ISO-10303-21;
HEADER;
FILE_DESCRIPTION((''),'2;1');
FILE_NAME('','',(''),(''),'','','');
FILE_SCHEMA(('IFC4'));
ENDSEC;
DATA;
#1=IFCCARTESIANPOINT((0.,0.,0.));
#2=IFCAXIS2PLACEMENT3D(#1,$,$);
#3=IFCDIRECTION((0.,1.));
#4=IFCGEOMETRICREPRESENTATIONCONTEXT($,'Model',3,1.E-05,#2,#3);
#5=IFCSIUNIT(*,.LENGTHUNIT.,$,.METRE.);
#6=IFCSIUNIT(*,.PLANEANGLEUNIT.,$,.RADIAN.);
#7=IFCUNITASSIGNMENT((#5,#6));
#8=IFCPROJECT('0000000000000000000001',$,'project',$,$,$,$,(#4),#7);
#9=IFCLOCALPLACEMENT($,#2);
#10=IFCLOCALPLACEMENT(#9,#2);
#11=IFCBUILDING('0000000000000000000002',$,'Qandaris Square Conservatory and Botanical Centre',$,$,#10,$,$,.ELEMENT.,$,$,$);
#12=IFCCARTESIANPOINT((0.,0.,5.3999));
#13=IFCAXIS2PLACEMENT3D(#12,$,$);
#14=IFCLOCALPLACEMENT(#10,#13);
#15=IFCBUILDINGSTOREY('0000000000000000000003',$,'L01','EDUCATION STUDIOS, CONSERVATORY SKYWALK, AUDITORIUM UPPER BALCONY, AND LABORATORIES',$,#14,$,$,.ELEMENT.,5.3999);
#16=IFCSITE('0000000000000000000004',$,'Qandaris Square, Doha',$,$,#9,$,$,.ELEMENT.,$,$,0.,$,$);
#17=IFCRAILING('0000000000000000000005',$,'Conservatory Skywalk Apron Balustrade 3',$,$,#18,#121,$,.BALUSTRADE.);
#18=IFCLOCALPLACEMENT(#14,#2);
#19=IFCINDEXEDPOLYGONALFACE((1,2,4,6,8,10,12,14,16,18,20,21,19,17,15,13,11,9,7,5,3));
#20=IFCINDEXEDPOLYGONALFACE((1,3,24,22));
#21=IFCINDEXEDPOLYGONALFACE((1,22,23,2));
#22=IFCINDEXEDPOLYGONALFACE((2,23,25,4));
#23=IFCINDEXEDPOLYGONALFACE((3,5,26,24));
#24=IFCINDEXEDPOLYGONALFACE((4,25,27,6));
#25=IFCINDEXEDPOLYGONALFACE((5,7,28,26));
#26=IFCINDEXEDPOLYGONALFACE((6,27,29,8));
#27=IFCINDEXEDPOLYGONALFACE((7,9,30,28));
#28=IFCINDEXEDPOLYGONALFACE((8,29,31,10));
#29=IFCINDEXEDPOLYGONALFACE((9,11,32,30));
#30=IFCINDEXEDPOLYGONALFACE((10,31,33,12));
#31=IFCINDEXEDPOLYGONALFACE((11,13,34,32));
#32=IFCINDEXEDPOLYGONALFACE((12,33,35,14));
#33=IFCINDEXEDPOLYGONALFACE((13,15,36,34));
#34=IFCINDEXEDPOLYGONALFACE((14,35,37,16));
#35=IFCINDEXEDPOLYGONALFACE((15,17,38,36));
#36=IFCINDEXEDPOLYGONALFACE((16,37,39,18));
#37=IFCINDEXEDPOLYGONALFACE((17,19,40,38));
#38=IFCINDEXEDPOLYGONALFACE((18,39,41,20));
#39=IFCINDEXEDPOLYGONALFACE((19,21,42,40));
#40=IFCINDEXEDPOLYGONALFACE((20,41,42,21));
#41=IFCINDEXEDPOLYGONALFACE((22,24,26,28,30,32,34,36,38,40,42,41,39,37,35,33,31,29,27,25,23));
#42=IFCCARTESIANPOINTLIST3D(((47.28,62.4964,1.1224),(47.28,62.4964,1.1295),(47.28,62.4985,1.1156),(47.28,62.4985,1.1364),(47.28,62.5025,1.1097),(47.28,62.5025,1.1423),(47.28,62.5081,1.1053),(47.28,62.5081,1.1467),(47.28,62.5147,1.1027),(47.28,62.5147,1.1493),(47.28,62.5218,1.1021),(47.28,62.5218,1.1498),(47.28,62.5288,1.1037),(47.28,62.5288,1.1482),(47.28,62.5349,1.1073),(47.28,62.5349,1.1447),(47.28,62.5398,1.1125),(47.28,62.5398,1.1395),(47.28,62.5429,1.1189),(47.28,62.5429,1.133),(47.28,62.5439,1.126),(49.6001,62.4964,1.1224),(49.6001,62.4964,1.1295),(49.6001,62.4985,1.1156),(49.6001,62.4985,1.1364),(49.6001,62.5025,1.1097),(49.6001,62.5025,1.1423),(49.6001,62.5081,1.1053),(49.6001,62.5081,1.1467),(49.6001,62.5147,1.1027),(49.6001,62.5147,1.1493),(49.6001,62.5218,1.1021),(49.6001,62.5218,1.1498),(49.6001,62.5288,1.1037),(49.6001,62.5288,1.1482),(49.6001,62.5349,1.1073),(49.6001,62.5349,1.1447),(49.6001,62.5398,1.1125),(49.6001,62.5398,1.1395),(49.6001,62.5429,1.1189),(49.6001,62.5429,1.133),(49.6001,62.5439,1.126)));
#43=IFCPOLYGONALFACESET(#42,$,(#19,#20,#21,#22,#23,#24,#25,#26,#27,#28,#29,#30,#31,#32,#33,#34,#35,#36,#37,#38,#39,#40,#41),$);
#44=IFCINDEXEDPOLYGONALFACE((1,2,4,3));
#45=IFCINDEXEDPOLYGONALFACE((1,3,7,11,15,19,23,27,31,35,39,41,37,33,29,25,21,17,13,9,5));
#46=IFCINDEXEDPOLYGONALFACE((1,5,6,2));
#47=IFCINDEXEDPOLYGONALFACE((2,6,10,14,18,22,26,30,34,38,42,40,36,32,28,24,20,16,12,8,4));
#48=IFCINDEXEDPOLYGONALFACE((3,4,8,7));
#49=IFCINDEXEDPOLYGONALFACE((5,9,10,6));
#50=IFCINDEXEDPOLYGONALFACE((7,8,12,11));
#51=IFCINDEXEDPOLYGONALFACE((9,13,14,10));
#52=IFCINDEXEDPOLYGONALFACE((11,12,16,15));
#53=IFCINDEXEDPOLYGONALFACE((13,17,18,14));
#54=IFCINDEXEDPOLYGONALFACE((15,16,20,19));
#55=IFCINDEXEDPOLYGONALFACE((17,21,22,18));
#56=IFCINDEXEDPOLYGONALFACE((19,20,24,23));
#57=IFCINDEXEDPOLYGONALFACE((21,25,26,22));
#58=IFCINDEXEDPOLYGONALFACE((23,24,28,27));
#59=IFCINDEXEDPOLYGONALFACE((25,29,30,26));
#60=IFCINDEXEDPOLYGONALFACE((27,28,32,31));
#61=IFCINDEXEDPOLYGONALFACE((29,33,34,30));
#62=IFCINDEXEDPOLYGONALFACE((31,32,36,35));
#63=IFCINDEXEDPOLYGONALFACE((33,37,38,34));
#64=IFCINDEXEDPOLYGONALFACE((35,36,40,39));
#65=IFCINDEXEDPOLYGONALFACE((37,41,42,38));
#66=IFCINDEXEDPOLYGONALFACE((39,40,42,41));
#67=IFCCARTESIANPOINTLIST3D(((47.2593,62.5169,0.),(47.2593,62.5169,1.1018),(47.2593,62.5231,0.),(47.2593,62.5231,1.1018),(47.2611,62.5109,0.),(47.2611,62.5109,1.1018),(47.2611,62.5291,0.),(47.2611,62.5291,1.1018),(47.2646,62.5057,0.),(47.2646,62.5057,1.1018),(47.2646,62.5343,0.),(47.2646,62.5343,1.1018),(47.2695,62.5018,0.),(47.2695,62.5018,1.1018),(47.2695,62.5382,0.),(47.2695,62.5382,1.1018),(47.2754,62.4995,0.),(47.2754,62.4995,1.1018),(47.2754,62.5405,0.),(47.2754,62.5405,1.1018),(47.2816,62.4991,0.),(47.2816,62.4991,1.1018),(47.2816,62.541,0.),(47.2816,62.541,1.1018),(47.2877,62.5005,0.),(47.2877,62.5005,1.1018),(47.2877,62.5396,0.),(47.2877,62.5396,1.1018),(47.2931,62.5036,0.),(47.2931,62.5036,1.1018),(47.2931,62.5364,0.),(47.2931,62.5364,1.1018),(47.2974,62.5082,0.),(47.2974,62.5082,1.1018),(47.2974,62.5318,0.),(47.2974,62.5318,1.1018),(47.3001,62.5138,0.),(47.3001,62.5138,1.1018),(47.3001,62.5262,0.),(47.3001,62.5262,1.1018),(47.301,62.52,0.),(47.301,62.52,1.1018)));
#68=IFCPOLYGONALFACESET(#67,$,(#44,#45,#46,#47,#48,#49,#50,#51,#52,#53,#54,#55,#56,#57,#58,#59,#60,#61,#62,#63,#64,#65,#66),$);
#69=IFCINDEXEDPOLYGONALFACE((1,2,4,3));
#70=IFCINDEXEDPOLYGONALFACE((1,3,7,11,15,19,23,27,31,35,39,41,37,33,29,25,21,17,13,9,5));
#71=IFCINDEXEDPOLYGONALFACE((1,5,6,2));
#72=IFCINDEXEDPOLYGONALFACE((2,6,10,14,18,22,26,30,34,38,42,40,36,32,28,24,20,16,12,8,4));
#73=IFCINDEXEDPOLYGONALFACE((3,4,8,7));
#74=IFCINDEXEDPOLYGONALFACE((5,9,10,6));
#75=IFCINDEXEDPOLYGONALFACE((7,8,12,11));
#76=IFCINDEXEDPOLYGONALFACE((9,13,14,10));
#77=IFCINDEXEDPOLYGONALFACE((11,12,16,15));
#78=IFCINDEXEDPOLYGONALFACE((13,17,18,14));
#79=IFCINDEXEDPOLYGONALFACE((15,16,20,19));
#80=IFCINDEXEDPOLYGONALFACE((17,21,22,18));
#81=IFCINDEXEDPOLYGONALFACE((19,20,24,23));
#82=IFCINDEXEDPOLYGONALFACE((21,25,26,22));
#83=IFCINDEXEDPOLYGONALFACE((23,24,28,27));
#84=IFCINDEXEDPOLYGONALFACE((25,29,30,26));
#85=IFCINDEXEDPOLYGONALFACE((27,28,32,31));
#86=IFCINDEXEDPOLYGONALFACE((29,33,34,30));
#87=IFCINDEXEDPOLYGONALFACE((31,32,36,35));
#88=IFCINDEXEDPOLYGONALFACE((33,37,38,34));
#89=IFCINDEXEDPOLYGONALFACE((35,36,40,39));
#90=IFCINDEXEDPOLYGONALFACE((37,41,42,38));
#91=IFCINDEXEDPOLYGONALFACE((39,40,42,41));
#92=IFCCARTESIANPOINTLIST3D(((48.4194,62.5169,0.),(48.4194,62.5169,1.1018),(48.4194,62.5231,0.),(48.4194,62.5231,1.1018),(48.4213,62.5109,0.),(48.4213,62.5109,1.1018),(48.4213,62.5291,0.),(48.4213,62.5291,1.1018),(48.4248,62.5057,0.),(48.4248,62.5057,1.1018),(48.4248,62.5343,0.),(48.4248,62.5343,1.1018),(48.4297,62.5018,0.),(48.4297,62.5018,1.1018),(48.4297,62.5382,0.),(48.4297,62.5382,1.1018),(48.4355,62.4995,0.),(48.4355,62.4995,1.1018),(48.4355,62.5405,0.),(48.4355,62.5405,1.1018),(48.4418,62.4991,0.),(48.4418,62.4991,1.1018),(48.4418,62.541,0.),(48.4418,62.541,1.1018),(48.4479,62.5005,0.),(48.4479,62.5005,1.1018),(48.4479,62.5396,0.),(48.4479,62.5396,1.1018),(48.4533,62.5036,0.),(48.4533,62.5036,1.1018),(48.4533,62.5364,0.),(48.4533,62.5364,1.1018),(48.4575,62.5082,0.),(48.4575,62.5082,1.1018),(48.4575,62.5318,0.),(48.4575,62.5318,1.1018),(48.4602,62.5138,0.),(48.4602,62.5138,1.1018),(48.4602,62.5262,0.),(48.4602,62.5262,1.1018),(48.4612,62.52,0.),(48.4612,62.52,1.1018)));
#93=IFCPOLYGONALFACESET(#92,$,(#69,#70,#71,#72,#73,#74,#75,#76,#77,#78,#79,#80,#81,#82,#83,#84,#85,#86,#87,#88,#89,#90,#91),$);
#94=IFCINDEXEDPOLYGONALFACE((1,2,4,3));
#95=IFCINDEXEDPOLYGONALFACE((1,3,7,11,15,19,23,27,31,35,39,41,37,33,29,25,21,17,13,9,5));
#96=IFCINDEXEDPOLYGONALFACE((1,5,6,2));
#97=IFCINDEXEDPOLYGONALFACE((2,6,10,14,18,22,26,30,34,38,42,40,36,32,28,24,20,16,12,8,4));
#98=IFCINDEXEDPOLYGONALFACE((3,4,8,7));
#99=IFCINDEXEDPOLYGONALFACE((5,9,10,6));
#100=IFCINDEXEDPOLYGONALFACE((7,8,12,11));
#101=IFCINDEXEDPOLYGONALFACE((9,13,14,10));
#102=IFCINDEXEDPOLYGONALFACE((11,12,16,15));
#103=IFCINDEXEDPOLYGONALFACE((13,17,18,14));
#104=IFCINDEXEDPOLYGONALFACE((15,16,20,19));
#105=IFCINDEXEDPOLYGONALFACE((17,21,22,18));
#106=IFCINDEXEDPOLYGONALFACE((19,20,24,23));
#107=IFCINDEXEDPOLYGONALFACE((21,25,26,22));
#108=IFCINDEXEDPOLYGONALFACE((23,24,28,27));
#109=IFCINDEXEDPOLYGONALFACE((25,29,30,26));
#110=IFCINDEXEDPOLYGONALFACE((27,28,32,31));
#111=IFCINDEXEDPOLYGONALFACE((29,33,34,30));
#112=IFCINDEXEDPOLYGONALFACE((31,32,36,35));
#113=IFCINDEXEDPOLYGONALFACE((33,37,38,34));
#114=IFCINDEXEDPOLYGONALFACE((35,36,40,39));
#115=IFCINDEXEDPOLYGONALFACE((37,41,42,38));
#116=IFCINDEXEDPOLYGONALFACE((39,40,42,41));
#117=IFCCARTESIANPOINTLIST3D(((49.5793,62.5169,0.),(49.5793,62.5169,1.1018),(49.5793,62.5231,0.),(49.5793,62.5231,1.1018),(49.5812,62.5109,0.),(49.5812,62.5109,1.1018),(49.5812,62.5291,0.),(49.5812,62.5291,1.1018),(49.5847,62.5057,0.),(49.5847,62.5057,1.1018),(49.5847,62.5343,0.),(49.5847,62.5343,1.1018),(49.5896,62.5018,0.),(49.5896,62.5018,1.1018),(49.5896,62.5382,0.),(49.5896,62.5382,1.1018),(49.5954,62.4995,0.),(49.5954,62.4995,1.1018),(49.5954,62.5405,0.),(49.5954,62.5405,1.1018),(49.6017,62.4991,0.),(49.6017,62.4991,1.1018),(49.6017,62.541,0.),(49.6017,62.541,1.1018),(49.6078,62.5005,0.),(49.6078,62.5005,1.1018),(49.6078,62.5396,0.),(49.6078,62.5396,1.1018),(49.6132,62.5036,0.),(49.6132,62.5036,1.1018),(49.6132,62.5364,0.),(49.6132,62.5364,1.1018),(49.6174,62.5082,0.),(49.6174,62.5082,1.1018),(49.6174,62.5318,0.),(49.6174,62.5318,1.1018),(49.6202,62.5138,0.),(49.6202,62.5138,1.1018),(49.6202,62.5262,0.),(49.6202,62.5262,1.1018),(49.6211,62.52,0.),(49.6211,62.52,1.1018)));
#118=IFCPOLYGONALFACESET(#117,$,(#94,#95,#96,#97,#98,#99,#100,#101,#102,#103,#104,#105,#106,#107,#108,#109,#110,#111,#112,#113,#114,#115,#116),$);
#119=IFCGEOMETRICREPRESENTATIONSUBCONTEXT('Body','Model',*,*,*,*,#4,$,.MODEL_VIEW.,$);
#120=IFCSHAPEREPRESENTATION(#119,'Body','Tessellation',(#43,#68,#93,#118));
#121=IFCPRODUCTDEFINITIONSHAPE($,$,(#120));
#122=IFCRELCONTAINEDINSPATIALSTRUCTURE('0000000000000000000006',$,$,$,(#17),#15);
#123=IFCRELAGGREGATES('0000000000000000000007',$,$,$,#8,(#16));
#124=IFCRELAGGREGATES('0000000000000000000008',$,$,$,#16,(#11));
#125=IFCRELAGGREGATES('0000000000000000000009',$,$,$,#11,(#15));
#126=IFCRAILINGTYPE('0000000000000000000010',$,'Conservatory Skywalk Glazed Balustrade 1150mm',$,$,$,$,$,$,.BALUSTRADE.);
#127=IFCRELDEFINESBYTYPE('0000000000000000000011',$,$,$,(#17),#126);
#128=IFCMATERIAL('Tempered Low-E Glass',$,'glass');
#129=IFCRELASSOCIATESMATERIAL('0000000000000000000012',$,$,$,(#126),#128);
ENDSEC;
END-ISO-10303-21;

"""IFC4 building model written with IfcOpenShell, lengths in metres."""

from ifc_helpers import new_model, si_unit, direction, frame, origin, origin_2d, place, context, subcontext, project, spatial, circle, extrude, material, type_object, element, save


model = new_model("IFC4")

# Units and contexts
model_context = context("Model", 3, precision=1e-05, world=origin(), true_north=direction((0.0, 1.0)))
body_context = subcontext(model_context, "Body", "Model", "MODEL_VIEW")
ifc_project = project(units=[si_unit("LENGTHUNIT", "METRE"), si_unit("PLANEANGLEUNIT", "RADIAN")], contexts=[model_context])

# Site, building, storey
site_placement = place(None, origin())
site = spatial("IfcSite", under=ifc_project, at=site_placement, Name="Qandaris Square, Doha", CompositionType="ELEMENT", RefElevation=0.0)
building_placement = place(site_placement, origin())
building = spatial("IfcBuilding", under=site, at=building_placement, Name="Qandaris Square Conservatory and Botanical Centre", CompositionType="ELEMENT")
storey_placement = place(building_placement, frame((0.0, 0.0, 5.3999)))
storey = spatial("IfcBuildingStorey", under=building, at=storey_placement, Name="L01", Description="EDUCATION STUDIOS, CONSERVATORY SKYWALK, AUDITORIUM UPPER BALCONY, AND LABORATORIES", CompositionType="ELEMENT", Elevation=5.3999)

# Shared definitions
ifc_material_1 = material(Name="Tempered Low-E Glass", Category="glass")

# Railing
railing_type_1 = type_object("IfcRailingType", Name="Conservatory Skywalk Glazed Balustrade 1150mm", PredefinedType="BALUSTRADE", material=ifc_material_1)
railing_1_placement = place(storey_placement, frame((47.28, 62.52, 0.0)))
element("IfcRailing", 1, at=railing_1_placement, inside=storey, type_object=railing_type_1, Name="Conservatory Skywalk Apron Balustrade 3", PredefinedType="BALUSTRADE", context=body_context, shape_type="SweptSolid", body=[
    extrude(circle(Radius=0.0239, at=origin_2d()), frame((0.0, 0.0, 1.126), z_axis=(1.0, 0.0, 0.0), x_axis=(0.0, 1.0, 0.0)), (0.0, 0.0, 1.0), 2.3201),
    extrude(circle(Radius=0.021, at=origin_2d()), origin(), (0.0, 0.0, 1.0), 1.1018),
    extrude(circle(Radius=0.021, at=origin_2d()), frame((1.1602, 0.0, 0.0)), (0.0, 0.0, 1.0), 1.1018),
    extrude(circle(Radius=0.021, at=origin_2d()), frame((2.3201, 0.0, 0.0)), (0.0, 0.0, 1.0), 1.1018),
])

save(model, "model.ifc")
